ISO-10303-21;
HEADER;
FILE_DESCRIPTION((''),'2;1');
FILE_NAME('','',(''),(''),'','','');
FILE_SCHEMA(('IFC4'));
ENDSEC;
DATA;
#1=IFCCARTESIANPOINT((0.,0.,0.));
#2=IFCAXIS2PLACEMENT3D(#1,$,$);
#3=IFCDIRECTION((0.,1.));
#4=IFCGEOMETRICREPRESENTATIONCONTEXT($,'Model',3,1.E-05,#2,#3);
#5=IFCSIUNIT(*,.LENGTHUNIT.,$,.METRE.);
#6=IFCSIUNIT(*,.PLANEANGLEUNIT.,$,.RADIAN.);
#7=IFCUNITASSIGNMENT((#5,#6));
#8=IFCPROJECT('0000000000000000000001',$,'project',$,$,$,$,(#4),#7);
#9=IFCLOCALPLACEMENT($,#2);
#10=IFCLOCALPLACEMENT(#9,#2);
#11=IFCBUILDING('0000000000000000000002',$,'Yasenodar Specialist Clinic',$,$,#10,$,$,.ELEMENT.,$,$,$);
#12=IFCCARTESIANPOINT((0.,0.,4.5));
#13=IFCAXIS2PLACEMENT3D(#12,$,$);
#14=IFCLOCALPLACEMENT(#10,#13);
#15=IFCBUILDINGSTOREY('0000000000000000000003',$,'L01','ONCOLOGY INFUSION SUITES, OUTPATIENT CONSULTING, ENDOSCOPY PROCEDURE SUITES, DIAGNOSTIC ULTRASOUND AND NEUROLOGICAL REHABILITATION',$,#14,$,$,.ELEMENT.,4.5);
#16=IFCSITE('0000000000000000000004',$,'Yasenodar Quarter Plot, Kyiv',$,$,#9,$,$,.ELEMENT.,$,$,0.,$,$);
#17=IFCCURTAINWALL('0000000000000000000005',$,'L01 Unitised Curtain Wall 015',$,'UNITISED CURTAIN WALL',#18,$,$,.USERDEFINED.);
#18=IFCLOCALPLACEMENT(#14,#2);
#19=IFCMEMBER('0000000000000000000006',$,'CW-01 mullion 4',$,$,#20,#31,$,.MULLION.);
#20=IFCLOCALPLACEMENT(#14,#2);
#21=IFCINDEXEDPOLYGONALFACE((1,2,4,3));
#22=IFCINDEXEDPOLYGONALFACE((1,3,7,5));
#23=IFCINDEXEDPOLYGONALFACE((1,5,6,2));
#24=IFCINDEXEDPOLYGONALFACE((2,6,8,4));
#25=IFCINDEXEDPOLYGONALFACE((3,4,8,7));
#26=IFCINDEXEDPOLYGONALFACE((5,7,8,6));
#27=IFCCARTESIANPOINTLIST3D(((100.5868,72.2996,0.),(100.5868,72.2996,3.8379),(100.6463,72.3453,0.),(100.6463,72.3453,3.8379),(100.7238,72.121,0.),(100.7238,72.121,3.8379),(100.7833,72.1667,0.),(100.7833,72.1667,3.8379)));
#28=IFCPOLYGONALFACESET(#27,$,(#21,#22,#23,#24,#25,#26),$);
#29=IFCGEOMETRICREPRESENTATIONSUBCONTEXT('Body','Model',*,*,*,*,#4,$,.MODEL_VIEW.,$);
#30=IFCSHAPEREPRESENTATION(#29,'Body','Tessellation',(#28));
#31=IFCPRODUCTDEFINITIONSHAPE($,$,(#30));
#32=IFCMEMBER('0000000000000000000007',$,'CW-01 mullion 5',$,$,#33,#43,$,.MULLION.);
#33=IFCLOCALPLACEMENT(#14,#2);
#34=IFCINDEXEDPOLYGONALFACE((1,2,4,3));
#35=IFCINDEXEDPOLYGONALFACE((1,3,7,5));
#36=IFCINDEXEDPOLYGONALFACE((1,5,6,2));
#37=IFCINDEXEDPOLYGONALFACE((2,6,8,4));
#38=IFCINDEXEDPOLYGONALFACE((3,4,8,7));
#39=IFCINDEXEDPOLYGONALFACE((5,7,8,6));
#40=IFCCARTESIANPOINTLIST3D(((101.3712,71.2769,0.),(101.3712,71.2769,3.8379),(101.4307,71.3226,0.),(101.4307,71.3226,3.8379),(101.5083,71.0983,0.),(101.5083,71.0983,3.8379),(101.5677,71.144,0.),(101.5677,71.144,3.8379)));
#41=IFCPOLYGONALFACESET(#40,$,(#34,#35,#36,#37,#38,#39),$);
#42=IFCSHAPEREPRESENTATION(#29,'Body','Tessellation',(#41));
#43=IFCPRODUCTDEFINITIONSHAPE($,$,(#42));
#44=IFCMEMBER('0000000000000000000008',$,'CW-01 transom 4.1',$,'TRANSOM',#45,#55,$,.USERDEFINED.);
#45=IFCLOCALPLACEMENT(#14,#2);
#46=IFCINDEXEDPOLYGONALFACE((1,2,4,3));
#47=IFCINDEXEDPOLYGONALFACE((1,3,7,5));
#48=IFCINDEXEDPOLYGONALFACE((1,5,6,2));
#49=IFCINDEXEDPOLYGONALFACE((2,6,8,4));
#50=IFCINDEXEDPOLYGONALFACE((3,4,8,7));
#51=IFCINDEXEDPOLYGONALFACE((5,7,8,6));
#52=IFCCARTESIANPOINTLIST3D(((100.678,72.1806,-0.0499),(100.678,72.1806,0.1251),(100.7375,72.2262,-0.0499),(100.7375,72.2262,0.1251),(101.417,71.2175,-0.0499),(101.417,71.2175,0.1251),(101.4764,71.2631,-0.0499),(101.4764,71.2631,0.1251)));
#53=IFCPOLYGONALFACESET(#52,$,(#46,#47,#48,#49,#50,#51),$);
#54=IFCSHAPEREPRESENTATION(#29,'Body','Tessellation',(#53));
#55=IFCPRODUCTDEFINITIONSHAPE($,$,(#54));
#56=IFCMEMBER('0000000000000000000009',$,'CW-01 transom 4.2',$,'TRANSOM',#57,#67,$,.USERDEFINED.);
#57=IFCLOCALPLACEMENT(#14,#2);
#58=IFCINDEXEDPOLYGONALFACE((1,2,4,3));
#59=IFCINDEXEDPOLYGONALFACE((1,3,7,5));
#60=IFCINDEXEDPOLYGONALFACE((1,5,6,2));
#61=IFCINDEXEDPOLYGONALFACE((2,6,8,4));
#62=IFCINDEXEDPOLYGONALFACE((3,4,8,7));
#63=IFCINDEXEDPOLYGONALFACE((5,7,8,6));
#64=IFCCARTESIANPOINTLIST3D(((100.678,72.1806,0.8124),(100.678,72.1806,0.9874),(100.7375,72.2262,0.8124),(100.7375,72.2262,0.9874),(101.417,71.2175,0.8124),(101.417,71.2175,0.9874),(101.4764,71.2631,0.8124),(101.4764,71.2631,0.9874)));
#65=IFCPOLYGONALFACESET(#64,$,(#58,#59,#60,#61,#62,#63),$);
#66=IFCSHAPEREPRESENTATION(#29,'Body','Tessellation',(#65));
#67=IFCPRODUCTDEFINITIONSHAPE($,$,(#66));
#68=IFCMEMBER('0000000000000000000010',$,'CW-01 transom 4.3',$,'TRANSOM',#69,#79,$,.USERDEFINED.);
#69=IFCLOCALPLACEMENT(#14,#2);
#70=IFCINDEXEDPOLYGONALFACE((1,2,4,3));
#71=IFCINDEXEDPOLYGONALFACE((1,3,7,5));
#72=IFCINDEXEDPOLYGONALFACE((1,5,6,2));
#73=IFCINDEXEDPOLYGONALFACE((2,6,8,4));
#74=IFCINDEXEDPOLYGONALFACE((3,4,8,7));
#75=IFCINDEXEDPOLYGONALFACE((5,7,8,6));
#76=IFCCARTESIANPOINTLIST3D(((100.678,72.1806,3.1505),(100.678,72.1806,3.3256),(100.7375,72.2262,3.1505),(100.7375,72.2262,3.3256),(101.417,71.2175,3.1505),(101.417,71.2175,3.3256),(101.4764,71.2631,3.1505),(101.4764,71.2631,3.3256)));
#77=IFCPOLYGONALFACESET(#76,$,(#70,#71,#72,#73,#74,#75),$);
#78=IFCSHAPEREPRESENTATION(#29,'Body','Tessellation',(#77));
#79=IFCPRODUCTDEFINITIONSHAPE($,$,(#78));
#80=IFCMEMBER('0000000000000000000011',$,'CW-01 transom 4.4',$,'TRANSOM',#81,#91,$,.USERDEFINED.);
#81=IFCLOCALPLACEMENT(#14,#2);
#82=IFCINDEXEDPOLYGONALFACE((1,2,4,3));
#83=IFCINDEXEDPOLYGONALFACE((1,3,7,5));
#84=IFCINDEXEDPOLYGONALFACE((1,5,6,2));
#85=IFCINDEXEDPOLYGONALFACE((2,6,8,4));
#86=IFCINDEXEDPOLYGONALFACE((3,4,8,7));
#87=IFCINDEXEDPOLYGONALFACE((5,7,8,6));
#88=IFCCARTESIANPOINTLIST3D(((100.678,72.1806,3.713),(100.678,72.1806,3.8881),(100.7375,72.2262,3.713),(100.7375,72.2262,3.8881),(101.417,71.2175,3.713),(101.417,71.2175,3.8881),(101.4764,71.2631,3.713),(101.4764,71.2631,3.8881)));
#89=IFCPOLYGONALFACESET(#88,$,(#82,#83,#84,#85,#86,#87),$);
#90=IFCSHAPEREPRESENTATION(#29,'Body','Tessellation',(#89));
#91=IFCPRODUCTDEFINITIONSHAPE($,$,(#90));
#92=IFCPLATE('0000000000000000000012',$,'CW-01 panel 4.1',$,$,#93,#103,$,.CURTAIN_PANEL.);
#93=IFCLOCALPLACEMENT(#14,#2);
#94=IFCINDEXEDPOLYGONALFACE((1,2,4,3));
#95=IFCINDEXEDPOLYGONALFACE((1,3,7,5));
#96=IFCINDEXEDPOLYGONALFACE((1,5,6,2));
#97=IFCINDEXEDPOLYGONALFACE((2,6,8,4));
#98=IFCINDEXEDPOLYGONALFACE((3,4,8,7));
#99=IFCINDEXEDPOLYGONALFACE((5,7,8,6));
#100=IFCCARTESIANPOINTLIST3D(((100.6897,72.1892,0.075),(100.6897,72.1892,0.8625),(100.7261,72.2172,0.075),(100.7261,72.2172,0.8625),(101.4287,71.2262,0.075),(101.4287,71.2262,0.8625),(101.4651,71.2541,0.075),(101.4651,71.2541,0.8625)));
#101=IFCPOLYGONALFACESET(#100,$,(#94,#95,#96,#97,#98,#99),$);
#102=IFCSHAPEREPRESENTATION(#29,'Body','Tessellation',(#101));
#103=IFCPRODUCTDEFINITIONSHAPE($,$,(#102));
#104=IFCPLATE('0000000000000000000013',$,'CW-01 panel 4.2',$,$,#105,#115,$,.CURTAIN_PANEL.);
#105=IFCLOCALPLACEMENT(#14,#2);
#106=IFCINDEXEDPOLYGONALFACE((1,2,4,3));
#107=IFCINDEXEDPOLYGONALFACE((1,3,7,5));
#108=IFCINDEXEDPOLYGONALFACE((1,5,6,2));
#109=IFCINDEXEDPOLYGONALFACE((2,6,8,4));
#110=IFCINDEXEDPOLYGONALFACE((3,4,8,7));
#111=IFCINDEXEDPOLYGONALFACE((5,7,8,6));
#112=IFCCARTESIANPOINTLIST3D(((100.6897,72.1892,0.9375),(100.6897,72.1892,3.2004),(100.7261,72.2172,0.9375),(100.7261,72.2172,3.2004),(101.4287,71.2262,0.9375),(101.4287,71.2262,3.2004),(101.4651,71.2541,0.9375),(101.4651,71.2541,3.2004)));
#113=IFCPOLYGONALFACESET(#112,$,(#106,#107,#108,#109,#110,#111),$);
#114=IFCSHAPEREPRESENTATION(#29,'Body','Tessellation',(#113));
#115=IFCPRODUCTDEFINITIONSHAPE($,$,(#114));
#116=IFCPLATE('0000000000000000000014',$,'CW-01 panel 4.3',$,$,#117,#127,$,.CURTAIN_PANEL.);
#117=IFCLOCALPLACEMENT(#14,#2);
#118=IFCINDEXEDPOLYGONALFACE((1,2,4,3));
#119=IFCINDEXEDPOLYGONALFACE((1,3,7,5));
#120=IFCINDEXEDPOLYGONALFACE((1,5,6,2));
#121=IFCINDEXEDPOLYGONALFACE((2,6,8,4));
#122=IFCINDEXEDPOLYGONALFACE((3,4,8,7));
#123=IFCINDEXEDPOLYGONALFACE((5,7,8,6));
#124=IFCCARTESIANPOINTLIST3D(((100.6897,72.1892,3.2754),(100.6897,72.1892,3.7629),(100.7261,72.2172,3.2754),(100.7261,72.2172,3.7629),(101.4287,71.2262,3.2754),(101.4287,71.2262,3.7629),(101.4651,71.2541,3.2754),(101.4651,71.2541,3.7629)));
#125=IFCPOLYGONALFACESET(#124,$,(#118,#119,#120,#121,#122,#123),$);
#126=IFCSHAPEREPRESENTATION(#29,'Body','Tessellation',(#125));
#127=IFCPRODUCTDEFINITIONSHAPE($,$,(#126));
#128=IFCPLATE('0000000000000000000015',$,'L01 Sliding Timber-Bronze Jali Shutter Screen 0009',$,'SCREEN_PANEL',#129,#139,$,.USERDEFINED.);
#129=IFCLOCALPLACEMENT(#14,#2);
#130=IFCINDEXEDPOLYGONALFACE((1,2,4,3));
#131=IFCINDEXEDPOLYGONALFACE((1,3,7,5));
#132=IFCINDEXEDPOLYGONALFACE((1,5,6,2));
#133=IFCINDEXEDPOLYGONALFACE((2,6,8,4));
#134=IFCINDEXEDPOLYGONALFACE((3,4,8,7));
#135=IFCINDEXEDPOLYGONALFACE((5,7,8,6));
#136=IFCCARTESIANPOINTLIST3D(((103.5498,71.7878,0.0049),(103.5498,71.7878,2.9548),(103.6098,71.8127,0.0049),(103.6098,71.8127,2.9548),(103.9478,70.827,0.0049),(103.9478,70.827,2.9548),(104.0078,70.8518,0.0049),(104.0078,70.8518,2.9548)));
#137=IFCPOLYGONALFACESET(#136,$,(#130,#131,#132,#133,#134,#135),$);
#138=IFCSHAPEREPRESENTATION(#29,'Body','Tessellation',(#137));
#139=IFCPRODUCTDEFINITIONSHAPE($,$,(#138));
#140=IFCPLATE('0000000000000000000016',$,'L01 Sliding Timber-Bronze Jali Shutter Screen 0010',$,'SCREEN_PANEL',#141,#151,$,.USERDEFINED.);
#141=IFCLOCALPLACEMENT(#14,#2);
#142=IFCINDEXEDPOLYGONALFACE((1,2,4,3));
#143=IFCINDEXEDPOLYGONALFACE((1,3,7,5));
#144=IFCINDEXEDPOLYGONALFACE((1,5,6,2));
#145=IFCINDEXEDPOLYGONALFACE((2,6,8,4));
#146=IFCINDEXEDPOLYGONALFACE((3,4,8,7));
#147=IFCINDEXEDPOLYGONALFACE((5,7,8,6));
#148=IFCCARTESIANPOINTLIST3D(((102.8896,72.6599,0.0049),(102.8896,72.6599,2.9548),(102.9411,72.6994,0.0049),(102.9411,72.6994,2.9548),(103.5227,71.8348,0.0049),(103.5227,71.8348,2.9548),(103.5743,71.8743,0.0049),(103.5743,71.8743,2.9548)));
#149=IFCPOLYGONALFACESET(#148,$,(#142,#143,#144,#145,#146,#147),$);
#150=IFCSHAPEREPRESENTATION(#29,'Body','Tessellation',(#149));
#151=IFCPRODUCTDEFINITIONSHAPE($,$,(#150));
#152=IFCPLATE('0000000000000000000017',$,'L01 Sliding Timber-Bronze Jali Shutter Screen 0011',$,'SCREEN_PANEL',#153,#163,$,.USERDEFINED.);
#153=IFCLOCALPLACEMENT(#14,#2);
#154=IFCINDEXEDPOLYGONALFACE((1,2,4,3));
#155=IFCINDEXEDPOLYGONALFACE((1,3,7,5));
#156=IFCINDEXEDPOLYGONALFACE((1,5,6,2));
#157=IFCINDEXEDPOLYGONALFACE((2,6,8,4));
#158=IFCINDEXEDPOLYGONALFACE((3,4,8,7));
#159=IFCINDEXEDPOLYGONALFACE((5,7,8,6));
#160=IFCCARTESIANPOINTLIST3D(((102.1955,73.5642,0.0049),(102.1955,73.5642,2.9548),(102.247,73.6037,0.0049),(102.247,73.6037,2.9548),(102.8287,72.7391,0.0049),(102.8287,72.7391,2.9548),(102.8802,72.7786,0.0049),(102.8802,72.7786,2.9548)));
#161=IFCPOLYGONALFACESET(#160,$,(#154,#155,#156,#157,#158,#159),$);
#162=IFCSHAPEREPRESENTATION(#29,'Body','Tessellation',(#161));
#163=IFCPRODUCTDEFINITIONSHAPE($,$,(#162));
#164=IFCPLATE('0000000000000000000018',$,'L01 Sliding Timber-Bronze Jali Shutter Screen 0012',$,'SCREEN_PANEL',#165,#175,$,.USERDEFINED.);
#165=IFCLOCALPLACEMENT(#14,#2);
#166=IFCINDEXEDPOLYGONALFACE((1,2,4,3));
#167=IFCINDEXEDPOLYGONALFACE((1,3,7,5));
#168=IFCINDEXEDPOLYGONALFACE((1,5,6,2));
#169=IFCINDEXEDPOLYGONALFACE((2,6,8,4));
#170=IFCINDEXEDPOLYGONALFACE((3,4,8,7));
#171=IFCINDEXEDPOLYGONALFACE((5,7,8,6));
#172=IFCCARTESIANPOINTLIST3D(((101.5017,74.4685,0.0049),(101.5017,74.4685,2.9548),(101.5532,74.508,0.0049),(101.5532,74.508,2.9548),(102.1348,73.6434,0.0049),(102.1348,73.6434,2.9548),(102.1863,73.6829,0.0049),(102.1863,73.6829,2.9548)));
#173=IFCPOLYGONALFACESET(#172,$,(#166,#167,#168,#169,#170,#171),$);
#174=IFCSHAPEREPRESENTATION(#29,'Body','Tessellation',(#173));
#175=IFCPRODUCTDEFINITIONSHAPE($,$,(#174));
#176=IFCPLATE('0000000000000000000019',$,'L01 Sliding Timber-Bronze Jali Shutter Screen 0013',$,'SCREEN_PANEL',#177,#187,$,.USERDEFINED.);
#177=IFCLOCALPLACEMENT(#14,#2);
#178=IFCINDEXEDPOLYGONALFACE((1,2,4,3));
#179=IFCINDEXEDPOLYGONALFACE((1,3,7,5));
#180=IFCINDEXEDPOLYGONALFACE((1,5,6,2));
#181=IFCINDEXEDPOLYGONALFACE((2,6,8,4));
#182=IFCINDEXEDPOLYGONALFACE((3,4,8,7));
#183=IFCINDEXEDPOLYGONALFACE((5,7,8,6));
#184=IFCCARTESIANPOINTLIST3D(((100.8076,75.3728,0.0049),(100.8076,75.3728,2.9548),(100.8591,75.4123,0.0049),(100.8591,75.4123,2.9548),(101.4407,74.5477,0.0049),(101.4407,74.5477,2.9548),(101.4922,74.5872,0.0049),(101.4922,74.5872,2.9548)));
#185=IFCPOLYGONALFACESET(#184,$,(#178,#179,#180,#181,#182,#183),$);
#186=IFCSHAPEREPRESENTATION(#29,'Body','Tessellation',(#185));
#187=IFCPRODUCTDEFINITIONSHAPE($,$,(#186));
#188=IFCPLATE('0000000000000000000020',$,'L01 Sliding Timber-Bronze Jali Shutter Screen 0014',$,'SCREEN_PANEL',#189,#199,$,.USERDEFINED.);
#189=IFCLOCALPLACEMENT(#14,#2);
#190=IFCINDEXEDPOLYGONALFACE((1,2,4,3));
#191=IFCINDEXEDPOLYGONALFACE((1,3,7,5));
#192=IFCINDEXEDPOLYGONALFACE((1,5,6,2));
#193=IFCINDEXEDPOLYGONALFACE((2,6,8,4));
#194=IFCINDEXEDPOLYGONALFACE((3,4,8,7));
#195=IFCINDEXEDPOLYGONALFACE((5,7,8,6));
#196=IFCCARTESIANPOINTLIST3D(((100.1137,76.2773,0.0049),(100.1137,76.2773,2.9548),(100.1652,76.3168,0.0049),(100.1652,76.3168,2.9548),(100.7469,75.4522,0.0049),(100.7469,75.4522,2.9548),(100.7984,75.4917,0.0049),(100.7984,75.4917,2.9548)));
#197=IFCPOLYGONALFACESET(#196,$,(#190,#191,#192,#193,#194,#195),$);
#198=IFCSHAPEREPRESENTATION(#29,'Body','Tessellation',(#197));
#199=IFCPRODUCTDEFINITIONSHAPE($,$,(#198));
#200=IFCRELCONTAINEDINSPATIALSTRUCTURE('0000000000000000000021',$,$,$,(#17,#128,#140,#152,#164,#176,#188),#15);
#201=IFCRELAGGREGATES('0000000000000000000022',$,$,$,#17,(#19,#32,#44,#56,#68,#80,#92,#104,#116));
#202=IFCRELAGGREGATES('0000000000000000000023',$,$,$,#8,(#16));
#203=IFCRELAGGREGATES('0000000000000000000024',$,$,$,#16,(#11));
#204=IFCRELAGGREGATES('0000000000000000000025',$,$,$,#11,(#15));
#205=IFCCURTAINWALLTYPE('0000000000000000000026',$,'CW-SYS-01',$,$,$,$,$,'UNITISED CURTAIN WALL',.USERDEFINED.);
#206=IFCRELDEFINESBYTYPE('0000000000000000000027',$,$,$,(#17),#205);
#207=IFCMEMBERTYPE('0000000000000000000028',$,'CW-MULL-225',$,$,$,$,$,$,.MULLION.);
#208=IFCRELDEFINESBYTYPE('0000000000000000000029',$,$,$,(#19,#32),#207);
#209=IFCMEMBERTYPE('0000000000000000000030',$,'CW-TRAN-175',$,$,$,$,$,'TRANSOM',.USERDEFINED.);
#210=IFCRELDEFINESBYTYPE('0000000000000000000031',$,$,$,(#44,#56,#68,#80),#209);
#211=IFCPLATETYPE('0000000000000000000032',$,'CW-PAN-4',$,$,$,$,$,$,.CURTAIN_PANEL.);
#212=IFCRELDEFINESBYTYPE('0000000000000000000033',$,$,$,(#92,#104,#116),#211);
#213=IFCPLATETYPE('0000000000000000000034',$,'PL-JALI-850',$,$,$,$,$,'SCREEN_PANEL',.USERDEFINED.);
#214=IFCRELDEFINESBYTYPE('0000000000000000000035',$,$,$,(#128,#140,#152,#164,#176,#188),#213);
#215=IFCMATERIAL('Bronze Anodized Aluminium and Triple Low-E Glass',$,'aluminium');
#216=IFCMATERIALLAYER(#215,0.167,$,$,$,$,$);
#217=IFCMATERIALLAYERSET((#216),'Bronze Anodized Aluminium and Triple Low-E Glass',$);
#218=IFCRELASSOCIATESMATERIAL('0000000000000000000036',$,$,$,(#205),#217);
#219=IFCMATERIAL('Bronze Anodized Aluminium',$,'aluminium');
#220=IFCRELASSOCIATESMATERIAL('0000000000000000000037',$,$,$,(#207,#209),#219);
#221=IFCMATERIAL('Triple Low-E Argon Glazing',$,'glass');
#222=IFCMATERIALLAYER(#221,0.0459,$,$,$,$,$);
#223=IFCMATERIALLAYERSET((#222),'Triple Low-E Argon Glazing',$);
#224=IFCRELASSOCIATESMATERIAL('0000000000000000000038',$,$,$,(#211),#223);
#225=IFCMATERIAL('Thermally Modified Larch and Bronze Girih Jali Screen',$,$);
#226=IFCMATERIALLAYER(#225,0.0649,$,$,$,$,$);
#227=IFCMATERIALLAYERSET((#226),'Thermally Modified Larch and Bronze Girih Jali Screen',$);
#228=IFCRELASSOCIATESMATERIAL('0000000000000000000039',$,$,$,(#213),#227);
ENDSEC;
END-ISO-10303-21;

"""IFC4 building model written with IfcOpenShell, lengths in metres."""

from ifc_helpers import new_model, si_unit, direction, frame, origin, origin_2d, place, context, subcontext, project, spatial, rectangle, extrude, material, layer, layer_set, material_profile, profile_set, type_object, element, aggregate, save


model = new_model("IFC4")

# Units and contexts
model_context = context("Model", 3, precision=1e-05, world=origin(), true_north=direction((0.0, 1.0)))
body_context = subcontext(model_context, "Body", "Model", "MODEL_VIEW")
ifc_project = project(units=[si_unit("LENGTHUNIT", "METRE"), si_unit("PLANEANGLEUNIT", "RADIAN")], contexts=[model_context])

# Site, building, storey
site_placement = place(None, origin())
site = spatial("IfcSite", under=ifc_project, at=site_placement, Name="Yasenodar Quarter Plot, Kyiv", CompositionType="ELEMENT", RefElevation=0.0)
building_placement = place(site_placement, origin())
building = spatial("IfcBuilding", under=site, at=building_placement, Name="Yasenodar Specialist Clinic", CompositionType="ELEMENT")
storey_placement = place(building_placement, frame((0.0, 0.0, 4.5)))
storey = spatial("IfcBuildingStorey", under=building, at=storey_placement, Name="L01", Description="ONCOLOGY INFUSION SUITES, OUTPATIENT CONSULTING, ENDOSCOPY PROCEDURE SUITES, DIAGNOSTIC ULTRASOUND AND NEUROLOGICAL REHABILITATION", CompositionType="ELEMENT", Elevation=4.5)

# Curtain wall, members, plates
ifc_material_1 = material(Name="Bronze Anodized Aluminium and Triple Low-E Glass", Category="aluminium")
ifc_layer_1 = layer(ifc_material_1, 0.167)
ifc_layer_set_1 = layer_set([ifc_layer_1], Name="Bronze Anodized Aluminium and Triple Low-E Glass")
curtain_wall_type = type_object("IfcCurtainWallType", Name="CW-SYS-01", ElementType="UNITISED CURTAIN WALL", PredefinedType="USERDEFINED", material=ifc_layer_set_1)
curtain_wall_placement = place(storey_placement, origin())
curtain_wall = element("IfcCurtainWall", 1, at=curtain_wall_placement, inside=storey, type_object=curtain_wall_type, Name="L01 Unitised Curtain Wall 015", ObjectType="UNITISED CURTAIN WALL", PredefinedType="USERDEFINED")
ifc_material_2 = material(Name="Bronze Anodized Aluminium", Category="aluminium")
ifc_material_profile_1 = material_profile(ifc_material_2, rectangle(XDim=0.075, YDim=0.2251, at=origin_2d()), Name="CW-MULL 75x225")
ifc_profile_set_1 = profile_set([ifc_material_profile_1], Name="Bronze Anodized Aluminium")
member_type_1 = type_object("IfcMemberType", Name="CW-MULL-225", PredefinedType="MULLION", material=ifc_profile_set_1)
member_1_placement = place(storey_placement, frame((100.6851, 72.2332, 0.0), z_axis=(0.0, 0.0, 1.0), x_axis=(0.793361, 0.608752, 0.0)))
member_1 = element("IfcMember", 2, at=member_1_placement, type_object=member_type_1, Name="CW-01 mullion 4", PredefinedType="MULLION", context=body_context, shape_type="SweptSolid", body=[
    extrude(rectangle(XDim=0.075, YDim=0.2251, at=origin_2d()), origin(), (0.0, 0.0, 1.0), 3.8379),
])
member_2_placement = place(storey_placement, frame((101.4695, 71.2104, 0.0), z_axis=(0.0, 0.0, 1.0), x_axis=(0.793361, 0.608752, 0.0)))
member_2 = element("IfcMember", 3, at=member_2_placement, type_object=member_type_1, Name="CW-01 mullion 5", PredefinedType="MULLION", context=body_context, shape_type="SweptSolid", body=[
    extrude(rectangle(XDim=0.075, YDim=0.2251, at=origin_2d()), origin(), (0.0, 0.0, 1.0), 3.8379),
])
ifc_material_profile_2 = material_profile(ifc_material_2, rectangle(XDim=0.075, YDim=0.175, at=origin_2d()), Name="CW-TRAN 75x175")
ifc_profile_set_2 = profile_set([ifc_material_profile_2], Name="Bronze Anodized Aluminium")
member_type_2 = type_object("IfcMemberType", Name="CW-TRAN-175", ElementType="TRANSOM", PredefinedType="USERDEFINED", material=ifc_profile_set_2)
member_3_placement = place(storey_placement, frame((100.7078, 72.2034, 0.0376), z_axis=(0.608748, -0.793364, 0.0), x_axis=(0.793364, 0.608748, 0.0)))
member_3 = element("IfcMember", 4, at=member_3_placement, type_object=member_type_2, Name="CW-01 transom 4.1", ObjectType="TRANSOM", PredefinedType="USERDEFINED", context=body_context, shape_type="SweptSolid", body=[
    extrude(rectangle(XDim=0.075, YDim=0.175, at=origin_2d()), origin(), (0.0, 0.0, 1.0), 1.2139),
])
member_4_placement = place(storey_placement, frame((100.7078, 72.2034, 0.8999), z_axis=(0.608748, -0.793364, 0.0), x_axis=(0.793364, 0.608748, 0.0)))
member_4 = element("IfcMember", 5, at=member_4_placement, type_object=member_type_2, Name="CW-01 transom 4.2", ObjectType="TRANSOM", PredefinedType="USERDEFINED", context=body_context, shape_type="SweptSolid", body=[
    extrude(rectangle(XDim=0.075, YDim=0.175, at=origin_2d()), origin(), (0.0, 0.0, 1.0), 1.2139),
])
member_5_placement = place(storey_placement, frame((100.7078, 72.2034, 3.238), z_axis=(0.608748, -0.793364, 0.0), x_axis=(0.793364, 0.608748, 0.0)))
member_5 = element("IfcMember", 6, at=member_5_placement, type_object=member_type_2, Name="CW-01 transom 4.3", ObjectType="TRANSOM", PredefinedType="USERDEFINED", context=body_context, shape_type="SweptSolid", body=[
    extrude(rectangle(XDim=0.075, YDim=0.175, at=origin_2d()), origin(), (0.0, 0.0, 1.0), 1.2139),
])
member_6_placement = place(storey_placement, frame((100.7078, 72.2034, 3.8005), z_axis=(0.608748, -0.793364, 0.0), x_axis=(0.793364, 0.608748, 0.0)))
member_6 = element("IfcMember", 7, at=member_6_placement, type_object=member_type_2, Name="CW-01 transom 4.4", ObjectType="TRANSOM", PredefinedType="USERDEFINED", context=body_context, shape_type="SweptSolid", body=[
    extrude(rectangle(XDim=0.075, YDim=0.175, at=origin_2d()), origin(), (0.0, 0.0, 1.0), 1.2139),
])
ifc_material_3 = material(Name="Triple Low-E Argon Glazing", Category="glass")
ifc_layer_2 = layer(ifc_material_3, 0.0459)
ifc_layer_set_2 = layer_set([ifc_layer_2], Name="Triple Low-E Argon Glazing")
plate_type_1 = type_object("IfcPlateType", Name="CW-PAN-4", PredefinedType="CURTAIN_PANEL", material=ifc_layer_set_2)
plate_1_placement = place(storey_placement, frame((101.0774, 71.7217, 0.075), z_axis=(0.0, 0.0, 1.0), x_axis=(0.608752, -0.793361, 0.0)))
plate_1 = element("IfcPlate", 8, at=plate_1_placement, type_object=plate_type_1, Name="CW-01 panel 4.1", PredefinedType="CURTAIN_PANEL", context=body_context, shape_type="SweptSolid", body=[
    extrude(rectangle(XDim=1.2139, YDim=0.0459, at=origin_2d()), origin(), (0.0, 0.0, 1.0), 0.7876),
])
plate_2_placement = place(storey_placement, frame((101.0774, 71.7217, 0.9375), z_axis=(0.0, 0.0, 1.0), x_axis=(0.608752, -0.793361, 0.0)))
plate_2 = element("IfcPlate", 9, at=plate_2_placement, type_object=plate_type_1, Name="CW-01 panel 4.2", PredefinedType="CURTAIN_PANEL", context=body_context, shape_type="SweptSolid", body=[
    extrude(rectangle(XDim=1.2139, YDim=0.0459, at=origin_2d()), origin(), (0.0, 0.0, 1.0), 2.2629),
])
plate_3_placement = place(storey_placement, frame((101.0774, 71.7217, 3.2754), z_axis=(0.0, 0.0, 1.0), x_axis=(0.608752, -0.793361, 0.0)))
plate_3 = element("IfcPlate", 10, at=plate_3_placement, type_object=plate_type_1, Name="CW-01 panel 4.3", PredefinedType="CURTAIN_PANEL", context=body_context, shape_type="SweptSolid", body=[
    extrude(rectangle(XDim=1.2139, YDim=0.0459, at=origin_2d()), origin(), (0.0, 0.0, 1.0), 0.4875),
])
aggregate(curtain_wall, [member_1, member_2, member_3, member_4, member_5, member_6, plate_1, plate_2, plate_3])

# Plates
ifc_material_4 = material(Name="Thermally Modified Larch and Bronze Girih Jali Screen")
ifc_layer_3 = layer(ifc_material_4, 0.0649)
ifc_layer_set_3 = layer_set([ifc_layer_3], Name="Thermally Modified Larch and Bronze Girih Jali Screen")
plate_type_2 = type_object("IfcPlateType", Name="PL-JALI-850", ElementType="SCREEN_PANEL", PredefinedType="USERDEFINED", material=ifc_layer_set_3)
for number, where, z_axis, x_axis, name in (
    (11, (103.7788, 71.3198, 0.0049), (0.0, 0.0, 1.0), (-0.382687, 0.923878, 0.0), "L01 Sliding Timber-Bronze Jali Shutter Screen 0009"),
    (12, (103.2319, 72.2671, 0.0049), (0.0, 0.0, 1.0), (-0.608764, 0.793351, 0.0), "L01 Sliding Timber-Bronze Jali Shutter Screen 0010"),
    (13, (102.5378, 73.1714, 0.0049), (0.0, 0.0, 1.0), (-0.608764, 0.793351, 0.0), "L01 Sliding Timber-Bronze Jali Shutter Screen 0011"),
    (14, (101.844, 74.0757, 0.0049), (0.0, 0.0, 1.0), (-0.608764, 0.793351, 0.0), "L01 Sliding Timber-Bronze Jali Shutter Screen 0012"),
    (15, (101.1499, 74.98, 0.0049), (0.0, 0.0, 1.0), (-0.608764, 0.793351, 0.0), "L01 Sliding Timber-Bronze Jali Shutter Screen 0013"),
    (16, (100.4561, 75.8845, 0.0049), (0.0, 0.0, 1.0), (-0.608764, 0.793351, 0.0), "L01 Sliding Timber-Bronze Jali Shutter Screen 0014"),
):
    element("IfcPlate", number, at=place(storey_placement, frame(where, z_axis=z_axis, x_axis=x_axis)), inside=storey, type_object=plate_type_2, Name=name, ObjectType="SCREEN_PANEL", PredefinedType="USERDEFINED", context=body_context, shape_type="SweptSolid", body=[
        extrude(rectangle(XDim=1.04, YDim=0.0649, at=origin_2d()), origin(), (0.0, 0.0, 1.0), 2.95),
    ])

save(model, "model.ifc")
